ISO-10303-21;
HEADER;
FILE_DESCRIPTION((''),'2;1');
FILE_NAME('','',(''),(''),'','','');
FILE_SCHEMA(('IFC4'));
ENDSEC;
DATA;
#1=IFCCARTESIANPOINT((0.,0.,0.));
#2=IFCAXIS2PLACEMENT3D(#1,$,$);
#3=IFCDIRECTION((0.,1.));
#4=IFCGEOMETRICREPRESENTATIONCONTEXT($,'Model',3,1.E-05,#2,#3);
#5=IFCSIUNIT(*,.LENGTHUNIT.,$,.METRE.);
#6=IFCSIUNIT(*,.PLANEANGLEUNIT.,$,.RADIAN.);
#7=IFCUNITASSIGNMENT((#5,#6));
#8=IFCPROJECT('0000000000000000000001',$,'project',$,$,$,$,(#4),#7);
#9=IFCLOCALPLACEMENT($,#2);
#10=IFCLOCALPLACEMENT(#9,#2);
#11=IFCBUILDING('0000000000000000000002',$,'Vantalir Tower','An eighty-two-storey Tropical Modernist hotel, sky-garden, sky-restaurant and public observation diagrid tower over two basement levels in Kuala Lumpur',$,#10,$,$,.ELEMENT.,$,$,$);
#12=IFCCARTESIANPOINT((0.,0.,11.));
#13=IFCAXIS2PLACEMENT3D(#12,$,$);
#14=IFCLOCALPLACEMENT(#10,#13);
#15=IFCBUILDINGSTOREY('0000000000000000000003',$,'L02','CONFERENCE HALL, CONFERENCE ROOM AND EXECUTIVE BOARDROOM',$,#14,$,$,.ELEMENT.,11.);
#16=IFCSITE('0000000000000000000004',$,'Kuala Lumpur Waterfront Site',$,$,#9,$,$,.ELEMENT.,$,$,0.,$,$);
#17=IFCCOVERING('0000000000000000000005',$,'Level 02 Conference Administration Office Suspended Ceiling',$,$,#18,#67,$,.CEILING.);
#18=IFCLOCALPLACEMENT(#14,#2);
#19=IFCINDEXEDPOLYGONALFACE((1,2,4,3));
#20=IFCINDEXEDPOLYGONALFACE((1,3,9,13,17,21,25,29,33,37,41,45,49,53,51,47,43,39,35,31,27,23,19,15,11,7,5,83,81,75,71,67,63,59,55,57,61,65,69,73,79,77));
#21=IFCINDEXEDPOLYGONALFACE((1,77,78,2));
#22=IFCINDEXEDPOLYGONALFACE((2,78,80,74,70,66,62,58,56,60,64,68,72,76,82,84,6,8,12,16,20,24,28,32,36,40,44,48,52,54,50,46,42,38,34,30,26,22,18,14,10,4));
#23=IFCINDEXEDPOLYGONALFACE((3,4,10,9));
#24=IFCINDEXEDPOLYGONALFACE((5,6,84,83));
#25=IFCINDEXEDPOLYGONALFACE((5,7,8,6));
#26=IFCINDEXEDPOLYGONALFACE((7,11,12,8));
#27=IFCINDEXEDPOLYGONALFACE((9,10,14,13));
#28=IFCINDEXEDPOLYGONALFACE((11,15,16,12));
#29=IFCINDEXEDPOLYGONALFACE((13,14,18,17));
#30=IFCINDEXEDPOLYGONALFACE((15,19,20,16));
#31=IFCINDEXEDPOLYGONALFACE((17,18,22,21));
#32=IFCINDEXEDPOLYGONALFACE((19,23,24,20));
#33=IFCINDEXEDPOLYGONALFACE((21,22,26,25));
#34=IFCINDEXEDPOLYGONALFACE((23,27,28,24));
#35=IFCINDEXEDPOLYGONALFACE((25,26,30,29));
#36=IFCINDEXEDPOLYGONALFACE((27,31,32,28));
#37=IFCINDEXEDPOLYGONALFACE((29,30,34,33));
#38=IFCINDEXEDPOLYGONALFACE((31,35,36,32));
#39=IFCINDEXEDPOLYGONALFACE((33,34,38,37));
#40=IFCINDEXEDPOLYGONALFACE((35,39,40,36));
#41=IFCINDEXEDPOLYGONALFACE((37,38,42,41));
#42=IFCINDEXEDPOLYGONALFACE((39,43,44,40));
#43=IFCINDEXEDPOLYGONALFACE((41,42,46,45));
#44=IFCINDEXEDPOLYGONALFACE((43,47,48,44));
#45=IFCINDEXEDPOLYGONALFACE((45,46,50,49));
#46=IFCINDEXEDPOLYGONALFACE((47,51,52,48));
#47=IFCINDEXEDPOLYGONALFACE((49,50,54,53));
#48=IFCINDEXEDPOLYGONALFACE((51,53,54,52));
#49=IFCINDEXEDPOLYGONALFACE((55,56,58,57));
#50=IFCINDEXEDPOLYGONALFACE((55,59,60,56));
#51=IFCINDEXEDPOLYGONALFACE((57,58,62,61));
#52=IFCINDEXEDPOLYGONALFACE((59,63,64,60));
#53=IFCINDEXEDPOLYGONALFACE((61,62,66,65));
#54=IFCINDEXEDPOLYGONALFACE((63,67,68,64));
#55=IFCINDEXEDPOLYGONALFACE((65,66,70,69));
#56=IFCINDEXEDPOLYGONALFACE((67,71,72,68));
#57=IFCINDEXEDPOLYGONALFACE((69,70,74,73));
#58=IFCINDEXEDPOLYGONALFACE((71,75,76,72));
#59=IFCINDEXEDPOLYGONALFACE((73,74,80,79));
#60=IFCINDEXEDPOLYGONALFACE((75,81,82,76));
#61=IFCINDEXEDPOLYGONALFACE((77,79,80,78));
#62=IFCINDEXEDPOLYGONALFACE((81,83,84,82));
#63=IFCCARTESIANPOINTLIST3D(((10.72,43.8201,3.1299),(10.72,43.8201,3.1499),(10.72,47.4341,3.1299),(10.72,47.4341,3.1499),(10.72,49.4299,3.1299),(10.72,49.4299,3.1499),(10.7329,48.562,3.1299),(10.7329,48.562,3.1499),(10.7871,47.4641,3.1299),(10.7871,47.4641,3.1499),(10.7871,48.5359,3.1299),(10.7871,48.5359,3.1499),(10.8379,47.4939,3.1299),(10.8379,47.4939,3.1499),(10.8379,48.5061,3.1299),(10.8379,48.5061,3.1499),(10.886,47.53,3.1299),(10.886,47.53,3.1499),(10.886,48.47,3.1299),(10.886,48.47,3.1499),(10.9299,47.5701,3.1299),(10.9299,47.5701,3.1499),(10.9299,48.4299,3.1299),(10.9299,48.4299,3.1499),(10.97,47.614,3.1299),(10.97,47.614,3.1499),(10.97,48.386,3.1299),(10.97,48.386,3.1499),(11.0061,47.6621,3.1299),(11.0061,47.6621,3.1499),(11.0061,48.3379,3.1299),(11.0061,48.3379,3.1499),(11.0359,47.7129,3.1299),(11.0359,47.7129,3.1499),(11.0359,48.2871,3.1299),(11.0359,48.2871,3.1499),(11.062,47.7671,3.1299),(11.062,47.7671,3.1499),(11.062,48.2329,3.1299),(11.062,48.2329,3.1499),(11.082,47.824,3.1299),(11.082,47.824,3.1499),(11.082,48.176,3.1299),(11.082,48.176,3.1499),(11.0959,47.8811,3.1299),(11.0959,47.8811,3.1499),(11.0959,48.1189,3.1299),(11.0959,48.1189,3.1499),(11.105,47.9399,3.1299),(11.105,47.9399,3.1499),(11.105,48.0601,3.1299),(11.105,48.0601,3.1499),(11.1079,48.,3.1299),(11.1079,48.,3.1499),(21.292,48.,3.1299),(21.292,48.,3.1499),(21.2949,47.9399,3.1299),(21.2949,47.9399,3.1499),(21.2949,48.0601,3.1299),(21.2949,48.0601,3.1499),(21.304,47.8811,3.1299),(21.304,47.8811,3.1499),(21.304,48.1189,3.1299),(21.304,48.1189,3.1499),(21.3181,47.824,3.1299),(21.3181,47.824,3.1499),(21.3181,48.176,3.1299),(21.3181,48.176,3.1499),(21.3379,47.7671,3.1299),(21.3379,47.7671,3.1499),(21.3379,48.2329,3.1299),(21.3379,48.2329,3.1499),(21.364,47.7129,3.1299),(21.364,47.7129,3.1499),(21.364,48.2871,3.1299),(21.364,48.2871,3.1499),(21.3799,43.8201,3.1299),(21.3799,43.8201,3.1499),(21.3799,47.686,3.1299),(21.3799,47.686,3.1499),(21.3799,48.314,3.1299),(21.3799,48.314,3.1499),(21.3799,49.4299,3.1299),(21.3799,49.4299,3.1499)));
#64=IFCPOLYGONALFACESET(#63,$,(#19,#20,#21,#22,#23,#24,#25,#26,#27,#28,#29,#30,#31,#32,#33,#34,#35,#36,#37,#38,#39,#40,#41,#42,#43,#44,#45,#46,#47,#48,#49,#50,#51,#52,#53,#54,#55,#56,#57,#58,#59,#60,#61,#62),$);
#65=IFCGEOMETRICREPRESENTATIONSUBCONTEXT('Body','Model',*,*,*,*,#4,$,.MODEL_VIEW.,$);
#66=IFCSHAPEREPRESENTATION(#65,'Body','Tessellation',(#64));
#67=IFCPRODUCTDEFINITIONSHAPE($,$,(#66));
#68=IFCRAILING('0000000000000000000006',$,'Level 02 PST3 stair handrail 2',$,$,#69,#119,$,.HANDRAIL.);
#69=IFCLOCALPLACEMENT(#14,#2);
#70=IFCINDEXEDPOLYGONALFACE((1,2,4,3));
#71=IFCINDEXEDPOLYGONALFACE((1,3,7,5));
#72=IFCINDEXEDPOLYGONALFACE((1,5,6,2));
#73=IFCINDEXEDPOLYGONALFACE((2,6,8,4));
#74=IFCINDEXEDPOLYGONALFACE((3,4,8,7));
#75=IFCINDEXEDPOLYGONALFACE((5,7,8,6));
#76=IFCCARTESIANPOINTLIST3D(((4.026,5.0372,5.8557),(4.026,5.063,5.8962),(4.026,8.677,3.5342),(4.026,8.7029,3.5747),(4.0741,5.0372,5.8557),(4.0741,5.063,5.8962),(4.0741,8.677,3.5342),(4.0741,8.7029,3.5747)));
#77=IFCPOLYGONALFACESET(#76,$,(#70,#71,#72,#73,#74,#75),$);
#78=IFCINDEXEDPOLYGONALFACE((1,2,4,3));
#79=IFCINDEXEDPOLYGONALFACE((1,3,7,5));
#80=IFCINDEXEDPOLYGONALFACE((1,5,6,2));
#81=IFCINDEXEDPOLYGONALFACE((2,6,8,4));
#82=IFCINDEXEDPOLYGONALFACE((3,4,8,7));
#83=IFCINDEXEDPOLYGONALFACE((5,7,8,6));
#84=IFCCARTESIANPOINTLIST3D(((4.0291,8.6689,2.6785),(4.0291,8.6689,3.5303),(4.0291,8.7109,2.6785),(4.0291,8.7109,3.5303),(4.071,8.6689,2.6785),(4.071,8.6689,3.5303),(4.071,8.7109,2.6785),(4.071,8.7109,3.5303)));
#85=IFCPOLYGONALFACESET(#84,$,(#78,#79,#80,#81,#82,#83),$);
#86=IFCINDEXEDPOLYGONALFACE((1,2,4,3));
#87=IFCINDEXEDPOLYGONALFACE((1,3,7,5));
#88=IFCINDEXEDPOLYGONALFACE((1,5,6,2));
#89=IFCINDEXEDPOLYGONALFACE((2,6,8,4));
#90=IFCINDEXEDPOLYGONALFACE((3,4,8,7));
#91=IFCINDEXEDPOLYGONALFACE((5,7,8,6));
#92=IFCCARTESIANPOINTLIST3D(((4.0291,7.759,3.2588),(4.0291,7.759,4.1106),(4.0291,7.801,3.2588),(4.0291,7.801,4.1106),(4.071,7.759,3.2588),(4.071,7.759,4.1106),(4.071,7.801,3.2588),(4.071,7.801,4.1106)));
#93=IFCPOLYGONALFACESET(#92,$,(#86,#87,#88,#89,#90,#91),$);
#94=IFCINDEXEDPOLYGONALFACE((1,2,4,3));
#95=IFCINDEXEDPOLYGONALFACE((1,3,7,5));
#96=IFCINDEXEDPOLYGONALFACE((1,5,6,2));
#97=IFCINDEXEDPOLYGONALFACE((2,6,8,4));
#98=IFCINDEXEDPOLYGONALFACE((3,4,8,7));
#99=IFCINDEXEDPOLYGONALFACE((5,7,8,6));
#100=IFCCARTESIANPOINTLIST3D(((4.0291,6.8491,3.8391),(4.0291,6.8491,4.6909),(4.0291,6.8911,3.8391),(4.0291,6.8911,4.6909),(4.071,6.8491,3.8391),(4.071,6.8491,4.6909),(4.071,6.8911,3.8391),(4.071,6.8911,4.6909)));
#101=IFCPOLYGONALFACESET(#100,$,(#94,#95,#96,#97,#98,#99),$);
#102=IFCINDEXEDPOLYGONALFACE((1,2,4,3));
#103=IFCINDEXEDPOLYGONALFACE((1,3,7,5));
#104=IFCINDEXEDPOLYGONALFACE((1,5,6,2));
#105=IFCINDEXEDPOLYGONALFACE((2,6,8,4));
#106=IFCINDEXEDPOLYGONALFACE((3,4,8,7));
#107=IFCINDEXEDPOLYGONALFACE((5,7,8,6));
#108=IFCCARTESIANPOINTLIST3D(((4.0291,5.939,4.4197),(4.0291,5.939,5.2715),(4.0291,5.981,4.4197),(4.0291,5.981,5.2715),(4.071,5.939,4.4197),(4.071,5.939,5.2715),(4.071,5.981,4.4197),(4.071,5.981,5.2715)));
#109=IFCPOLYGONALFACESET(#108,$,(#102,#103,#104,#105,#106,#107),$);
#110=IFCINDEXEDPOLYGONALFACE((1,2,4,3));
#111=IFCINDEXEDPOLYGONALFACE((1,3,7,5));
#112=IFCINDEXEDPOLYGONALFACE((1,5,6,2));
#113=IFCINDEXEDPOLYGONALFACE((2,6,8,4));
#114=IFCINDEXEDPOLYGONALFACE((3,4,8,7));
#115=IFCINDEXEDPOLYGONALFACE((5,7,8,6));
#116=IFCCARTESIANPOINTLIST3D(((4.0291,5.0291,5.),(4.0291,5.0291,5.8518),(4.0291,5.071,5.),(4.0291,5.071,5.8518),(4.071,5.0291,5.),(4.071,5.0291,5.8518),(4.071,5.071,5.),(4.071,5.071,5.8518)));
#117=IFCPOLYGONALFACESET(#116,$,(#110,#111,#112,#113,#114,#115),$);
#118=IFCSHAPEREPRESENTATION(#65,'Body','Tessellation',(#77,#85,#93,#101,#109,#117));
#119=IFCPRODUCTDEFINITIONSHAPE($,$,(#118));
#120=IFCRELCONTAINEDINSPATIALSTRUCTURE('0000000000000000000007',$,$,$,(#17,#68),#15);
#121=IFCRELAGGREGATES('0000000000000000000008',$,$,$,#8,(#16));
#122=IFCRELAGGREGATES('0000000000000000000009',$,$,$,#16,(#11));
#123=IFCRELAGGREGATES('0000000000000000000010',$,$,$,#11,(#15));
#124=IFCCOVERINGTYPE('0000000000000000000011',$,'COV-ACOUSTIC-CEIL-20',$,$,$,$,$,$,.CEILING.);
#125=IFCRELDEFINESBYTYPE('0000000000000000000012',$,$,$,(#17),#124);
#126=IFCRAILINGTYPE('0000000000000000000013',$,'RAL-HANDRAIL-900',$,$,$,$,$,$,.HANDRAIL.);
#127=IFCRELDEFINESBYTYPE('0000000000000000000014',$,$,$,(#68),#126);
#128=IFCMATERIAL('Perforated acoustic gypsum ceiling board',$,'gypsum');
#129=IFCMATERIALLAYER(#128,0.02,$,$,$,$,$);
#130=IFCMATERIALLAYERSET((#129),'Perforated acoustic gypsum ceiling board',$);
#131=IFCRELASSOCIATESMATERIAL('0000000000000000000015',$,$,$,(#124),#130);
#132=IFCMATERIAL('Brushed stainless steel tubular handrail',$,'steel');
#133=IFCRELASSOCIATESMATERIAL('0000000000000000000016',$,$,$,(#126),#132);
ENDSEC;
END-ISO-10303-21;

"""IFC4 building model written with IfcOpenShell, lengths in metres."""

from ifc_helpers import new_model, si_unit, direction, frame, origin, origin_2d, place, context, subcontext, project, spatial, polyline, rectangle, outline, extrude, material, layer, layer_set, type_object, element, save


model = new_model("IFC4")

# Units and contexts
model_context = context("Model", 3, precision=1e-05, world=origin(), true_north=direction((0.0, 1.0)))
body_context = subcontext(model_context, "Body", "Model", "MODEL_VIEW")
ifc_project = project(units=[si_unit("LENGTHUNIT", "METRE"), si_unit("PLANEANGLEUNIT", "RADIAN")], contexts=[model_context])

# Site, building, storey
site_placement = place(None, origin())
site = spatial("IfcSite", under=ifc_project, at=site_placement, Name="Kuala Lumpur Waterfront Site", CompositionType="ELEMENT", RefElevation=0.0)
building_placement = place(site_placement, origin())
building = spatial("IfcBuilding", under=site, at=building_placement, Name="Vantalir Tower", Description="An eighty-two-storey Tropical Modernist hotel, sky-garden, sky-restaurant and public observation diagrid tower over two basement levels in Kuala Lumpur", CompositionType="ELEMENT")
storey_placement = place(building_placement, frame((0.0, 0.0, 11.0)))
storey = spatial("IfcBuildingStorey", under=building, at=storey_placement, Name="L02", Description="CONFERENCE HALL, CONFERENCE ROOM AND EXECUTIVE BOARDROOM", CompositionType="ELEMENT", Elevation=11.0)

# Covering
ifc_material_1 = material(Name="Perforated acoustic gypsum ceiling board", Category="gypsum")
ifc_layer_1 = layer(ifc_material_1, 0.02)
ifc_layer_set_1 = layer_set([ifc_layer_1], Name="Perforated acoustic gypsum ceiling board")
covering_type = type_object("IfcCoveringType", Name="COV-ACOUSTIC-CEIL-20", PredefinedType="CEILING", material=ifc_layer_set_1)
covering_1_placement = place(storey_placement, frame((0.0, 0.0, 3.1299)))
element("IfcCovering", 1, at=covering_1_placement, inside=storey, type_object=covering_type, Name="Level 02 Conference Administration Office Suspended Ceiling", PredefinedType="CEILING", context=body_context, shape_type="SweptSolid", body=[
    extrude(outline(polyline([(21.3799, 49.4299), (10.72, 49.4299), (10.7329, 48.562), (10.7871, 48.5359), (10.8379, 48.5061), (10.886, 48.47), (10.9299, 48.4299), (10.97, 48.386), (11.0061, 48.3379), (11.0359, 48.2871), (11.062, 48.2329), (11.082, 48.176), (11.0959, 48.1189), (11.105, 48.0601), (11.1079, 48.0), (11.105, 47.9399), (11.0959, 47.8811), (11.082, 47.824), (11.062, 47.7671), (11.0359, 47.7129), (11.0061, 47.6621), (10.97, 47.614), (10.9299, 47.5701), (10.886, 47.53), (10.8379, 47.4939), (10.7871, 47.4641), (10.72, 47.4341), (10.72, 43.8201), (21.3799, 43.8201), (21.3799, 47.686), (21.364, 47.7129), (21.3379, 47.7671), (21.3181, 47.824), (21.304, 47.8811), (21.2949, 47.9399), (21.292, 48.0), (21.2949, 48.0601), (21.304, 48.1189), (21.3181, 48.176), (21.3379, 48.2329), (21.364, 48.2871), (21.3799, 48.314), (21.3799, 49.4299)])), origin(), (0.0, 0.0, 1.0), 0.02),
])

# Railing
ifc_material_2 = material(Name="Brushed stainless steel tubular handrail", Category="steel")
railing_type = type_object("IfcRailingType", Name="RAL-HANDRAIL-900", PredefinedType="HANDRAIL", material=ifc_material_2)
railing_placement = place(storey_placement, frame((4.05, 8.6899, 2.6785)))
element("IfcRailing", 2, at=railing_placement, inside=storey, type_object=railing_type, Name="Level 02 PST3 stair handrail 2", PredefinedType="HANDRAIL", context=body_context, shape_type="SweptSolid", body=[
    extrude(rectangle(XDim=0.0481, YDim=0.0481, at=origin_2d()), frame((0.0, 0.0, 0.876), z_axis=(0.0, -0.843112, 0.537739), x_axis=(1.0, 0.0, 0.0)), (0.0, 0.0, 1.0), 4.3171),
    extrude(rectangle(XDim=0.042, YDim=0.042, at=origin_2d()), origin(), (0.0, 0.0, 1.0), 0.8518),
    extrude(rectangle(XDim=0.042, YDim=0.042, at=origin_2d()), frame((0.0, -0.9099, 0.5803)), (0.0, 0.0, 1.0), 0.8518),
    extrude(rectangle(XDim=0.042, YDim=0.042, at=origin_2d()), frame((0.0, -1.8198, 1.1606)), (0.0, 0.0, 1.0), 0.8518),
    extrude(rectangle(XDim=0.042, YDim=0.042, at=origin_2d()), frame((0.0, -2.73, 1.7412)), (0.0, 0.0, 1.0), 0.8518),
    extrude(rectangle(XDim=0.042, YDim=0.042, at=origin_2d()), frame((0.0, -3.6399, 2.3215)), (0.0, 0.0, 1.0), 0.8518),
])

save(model, "model.ifc")
